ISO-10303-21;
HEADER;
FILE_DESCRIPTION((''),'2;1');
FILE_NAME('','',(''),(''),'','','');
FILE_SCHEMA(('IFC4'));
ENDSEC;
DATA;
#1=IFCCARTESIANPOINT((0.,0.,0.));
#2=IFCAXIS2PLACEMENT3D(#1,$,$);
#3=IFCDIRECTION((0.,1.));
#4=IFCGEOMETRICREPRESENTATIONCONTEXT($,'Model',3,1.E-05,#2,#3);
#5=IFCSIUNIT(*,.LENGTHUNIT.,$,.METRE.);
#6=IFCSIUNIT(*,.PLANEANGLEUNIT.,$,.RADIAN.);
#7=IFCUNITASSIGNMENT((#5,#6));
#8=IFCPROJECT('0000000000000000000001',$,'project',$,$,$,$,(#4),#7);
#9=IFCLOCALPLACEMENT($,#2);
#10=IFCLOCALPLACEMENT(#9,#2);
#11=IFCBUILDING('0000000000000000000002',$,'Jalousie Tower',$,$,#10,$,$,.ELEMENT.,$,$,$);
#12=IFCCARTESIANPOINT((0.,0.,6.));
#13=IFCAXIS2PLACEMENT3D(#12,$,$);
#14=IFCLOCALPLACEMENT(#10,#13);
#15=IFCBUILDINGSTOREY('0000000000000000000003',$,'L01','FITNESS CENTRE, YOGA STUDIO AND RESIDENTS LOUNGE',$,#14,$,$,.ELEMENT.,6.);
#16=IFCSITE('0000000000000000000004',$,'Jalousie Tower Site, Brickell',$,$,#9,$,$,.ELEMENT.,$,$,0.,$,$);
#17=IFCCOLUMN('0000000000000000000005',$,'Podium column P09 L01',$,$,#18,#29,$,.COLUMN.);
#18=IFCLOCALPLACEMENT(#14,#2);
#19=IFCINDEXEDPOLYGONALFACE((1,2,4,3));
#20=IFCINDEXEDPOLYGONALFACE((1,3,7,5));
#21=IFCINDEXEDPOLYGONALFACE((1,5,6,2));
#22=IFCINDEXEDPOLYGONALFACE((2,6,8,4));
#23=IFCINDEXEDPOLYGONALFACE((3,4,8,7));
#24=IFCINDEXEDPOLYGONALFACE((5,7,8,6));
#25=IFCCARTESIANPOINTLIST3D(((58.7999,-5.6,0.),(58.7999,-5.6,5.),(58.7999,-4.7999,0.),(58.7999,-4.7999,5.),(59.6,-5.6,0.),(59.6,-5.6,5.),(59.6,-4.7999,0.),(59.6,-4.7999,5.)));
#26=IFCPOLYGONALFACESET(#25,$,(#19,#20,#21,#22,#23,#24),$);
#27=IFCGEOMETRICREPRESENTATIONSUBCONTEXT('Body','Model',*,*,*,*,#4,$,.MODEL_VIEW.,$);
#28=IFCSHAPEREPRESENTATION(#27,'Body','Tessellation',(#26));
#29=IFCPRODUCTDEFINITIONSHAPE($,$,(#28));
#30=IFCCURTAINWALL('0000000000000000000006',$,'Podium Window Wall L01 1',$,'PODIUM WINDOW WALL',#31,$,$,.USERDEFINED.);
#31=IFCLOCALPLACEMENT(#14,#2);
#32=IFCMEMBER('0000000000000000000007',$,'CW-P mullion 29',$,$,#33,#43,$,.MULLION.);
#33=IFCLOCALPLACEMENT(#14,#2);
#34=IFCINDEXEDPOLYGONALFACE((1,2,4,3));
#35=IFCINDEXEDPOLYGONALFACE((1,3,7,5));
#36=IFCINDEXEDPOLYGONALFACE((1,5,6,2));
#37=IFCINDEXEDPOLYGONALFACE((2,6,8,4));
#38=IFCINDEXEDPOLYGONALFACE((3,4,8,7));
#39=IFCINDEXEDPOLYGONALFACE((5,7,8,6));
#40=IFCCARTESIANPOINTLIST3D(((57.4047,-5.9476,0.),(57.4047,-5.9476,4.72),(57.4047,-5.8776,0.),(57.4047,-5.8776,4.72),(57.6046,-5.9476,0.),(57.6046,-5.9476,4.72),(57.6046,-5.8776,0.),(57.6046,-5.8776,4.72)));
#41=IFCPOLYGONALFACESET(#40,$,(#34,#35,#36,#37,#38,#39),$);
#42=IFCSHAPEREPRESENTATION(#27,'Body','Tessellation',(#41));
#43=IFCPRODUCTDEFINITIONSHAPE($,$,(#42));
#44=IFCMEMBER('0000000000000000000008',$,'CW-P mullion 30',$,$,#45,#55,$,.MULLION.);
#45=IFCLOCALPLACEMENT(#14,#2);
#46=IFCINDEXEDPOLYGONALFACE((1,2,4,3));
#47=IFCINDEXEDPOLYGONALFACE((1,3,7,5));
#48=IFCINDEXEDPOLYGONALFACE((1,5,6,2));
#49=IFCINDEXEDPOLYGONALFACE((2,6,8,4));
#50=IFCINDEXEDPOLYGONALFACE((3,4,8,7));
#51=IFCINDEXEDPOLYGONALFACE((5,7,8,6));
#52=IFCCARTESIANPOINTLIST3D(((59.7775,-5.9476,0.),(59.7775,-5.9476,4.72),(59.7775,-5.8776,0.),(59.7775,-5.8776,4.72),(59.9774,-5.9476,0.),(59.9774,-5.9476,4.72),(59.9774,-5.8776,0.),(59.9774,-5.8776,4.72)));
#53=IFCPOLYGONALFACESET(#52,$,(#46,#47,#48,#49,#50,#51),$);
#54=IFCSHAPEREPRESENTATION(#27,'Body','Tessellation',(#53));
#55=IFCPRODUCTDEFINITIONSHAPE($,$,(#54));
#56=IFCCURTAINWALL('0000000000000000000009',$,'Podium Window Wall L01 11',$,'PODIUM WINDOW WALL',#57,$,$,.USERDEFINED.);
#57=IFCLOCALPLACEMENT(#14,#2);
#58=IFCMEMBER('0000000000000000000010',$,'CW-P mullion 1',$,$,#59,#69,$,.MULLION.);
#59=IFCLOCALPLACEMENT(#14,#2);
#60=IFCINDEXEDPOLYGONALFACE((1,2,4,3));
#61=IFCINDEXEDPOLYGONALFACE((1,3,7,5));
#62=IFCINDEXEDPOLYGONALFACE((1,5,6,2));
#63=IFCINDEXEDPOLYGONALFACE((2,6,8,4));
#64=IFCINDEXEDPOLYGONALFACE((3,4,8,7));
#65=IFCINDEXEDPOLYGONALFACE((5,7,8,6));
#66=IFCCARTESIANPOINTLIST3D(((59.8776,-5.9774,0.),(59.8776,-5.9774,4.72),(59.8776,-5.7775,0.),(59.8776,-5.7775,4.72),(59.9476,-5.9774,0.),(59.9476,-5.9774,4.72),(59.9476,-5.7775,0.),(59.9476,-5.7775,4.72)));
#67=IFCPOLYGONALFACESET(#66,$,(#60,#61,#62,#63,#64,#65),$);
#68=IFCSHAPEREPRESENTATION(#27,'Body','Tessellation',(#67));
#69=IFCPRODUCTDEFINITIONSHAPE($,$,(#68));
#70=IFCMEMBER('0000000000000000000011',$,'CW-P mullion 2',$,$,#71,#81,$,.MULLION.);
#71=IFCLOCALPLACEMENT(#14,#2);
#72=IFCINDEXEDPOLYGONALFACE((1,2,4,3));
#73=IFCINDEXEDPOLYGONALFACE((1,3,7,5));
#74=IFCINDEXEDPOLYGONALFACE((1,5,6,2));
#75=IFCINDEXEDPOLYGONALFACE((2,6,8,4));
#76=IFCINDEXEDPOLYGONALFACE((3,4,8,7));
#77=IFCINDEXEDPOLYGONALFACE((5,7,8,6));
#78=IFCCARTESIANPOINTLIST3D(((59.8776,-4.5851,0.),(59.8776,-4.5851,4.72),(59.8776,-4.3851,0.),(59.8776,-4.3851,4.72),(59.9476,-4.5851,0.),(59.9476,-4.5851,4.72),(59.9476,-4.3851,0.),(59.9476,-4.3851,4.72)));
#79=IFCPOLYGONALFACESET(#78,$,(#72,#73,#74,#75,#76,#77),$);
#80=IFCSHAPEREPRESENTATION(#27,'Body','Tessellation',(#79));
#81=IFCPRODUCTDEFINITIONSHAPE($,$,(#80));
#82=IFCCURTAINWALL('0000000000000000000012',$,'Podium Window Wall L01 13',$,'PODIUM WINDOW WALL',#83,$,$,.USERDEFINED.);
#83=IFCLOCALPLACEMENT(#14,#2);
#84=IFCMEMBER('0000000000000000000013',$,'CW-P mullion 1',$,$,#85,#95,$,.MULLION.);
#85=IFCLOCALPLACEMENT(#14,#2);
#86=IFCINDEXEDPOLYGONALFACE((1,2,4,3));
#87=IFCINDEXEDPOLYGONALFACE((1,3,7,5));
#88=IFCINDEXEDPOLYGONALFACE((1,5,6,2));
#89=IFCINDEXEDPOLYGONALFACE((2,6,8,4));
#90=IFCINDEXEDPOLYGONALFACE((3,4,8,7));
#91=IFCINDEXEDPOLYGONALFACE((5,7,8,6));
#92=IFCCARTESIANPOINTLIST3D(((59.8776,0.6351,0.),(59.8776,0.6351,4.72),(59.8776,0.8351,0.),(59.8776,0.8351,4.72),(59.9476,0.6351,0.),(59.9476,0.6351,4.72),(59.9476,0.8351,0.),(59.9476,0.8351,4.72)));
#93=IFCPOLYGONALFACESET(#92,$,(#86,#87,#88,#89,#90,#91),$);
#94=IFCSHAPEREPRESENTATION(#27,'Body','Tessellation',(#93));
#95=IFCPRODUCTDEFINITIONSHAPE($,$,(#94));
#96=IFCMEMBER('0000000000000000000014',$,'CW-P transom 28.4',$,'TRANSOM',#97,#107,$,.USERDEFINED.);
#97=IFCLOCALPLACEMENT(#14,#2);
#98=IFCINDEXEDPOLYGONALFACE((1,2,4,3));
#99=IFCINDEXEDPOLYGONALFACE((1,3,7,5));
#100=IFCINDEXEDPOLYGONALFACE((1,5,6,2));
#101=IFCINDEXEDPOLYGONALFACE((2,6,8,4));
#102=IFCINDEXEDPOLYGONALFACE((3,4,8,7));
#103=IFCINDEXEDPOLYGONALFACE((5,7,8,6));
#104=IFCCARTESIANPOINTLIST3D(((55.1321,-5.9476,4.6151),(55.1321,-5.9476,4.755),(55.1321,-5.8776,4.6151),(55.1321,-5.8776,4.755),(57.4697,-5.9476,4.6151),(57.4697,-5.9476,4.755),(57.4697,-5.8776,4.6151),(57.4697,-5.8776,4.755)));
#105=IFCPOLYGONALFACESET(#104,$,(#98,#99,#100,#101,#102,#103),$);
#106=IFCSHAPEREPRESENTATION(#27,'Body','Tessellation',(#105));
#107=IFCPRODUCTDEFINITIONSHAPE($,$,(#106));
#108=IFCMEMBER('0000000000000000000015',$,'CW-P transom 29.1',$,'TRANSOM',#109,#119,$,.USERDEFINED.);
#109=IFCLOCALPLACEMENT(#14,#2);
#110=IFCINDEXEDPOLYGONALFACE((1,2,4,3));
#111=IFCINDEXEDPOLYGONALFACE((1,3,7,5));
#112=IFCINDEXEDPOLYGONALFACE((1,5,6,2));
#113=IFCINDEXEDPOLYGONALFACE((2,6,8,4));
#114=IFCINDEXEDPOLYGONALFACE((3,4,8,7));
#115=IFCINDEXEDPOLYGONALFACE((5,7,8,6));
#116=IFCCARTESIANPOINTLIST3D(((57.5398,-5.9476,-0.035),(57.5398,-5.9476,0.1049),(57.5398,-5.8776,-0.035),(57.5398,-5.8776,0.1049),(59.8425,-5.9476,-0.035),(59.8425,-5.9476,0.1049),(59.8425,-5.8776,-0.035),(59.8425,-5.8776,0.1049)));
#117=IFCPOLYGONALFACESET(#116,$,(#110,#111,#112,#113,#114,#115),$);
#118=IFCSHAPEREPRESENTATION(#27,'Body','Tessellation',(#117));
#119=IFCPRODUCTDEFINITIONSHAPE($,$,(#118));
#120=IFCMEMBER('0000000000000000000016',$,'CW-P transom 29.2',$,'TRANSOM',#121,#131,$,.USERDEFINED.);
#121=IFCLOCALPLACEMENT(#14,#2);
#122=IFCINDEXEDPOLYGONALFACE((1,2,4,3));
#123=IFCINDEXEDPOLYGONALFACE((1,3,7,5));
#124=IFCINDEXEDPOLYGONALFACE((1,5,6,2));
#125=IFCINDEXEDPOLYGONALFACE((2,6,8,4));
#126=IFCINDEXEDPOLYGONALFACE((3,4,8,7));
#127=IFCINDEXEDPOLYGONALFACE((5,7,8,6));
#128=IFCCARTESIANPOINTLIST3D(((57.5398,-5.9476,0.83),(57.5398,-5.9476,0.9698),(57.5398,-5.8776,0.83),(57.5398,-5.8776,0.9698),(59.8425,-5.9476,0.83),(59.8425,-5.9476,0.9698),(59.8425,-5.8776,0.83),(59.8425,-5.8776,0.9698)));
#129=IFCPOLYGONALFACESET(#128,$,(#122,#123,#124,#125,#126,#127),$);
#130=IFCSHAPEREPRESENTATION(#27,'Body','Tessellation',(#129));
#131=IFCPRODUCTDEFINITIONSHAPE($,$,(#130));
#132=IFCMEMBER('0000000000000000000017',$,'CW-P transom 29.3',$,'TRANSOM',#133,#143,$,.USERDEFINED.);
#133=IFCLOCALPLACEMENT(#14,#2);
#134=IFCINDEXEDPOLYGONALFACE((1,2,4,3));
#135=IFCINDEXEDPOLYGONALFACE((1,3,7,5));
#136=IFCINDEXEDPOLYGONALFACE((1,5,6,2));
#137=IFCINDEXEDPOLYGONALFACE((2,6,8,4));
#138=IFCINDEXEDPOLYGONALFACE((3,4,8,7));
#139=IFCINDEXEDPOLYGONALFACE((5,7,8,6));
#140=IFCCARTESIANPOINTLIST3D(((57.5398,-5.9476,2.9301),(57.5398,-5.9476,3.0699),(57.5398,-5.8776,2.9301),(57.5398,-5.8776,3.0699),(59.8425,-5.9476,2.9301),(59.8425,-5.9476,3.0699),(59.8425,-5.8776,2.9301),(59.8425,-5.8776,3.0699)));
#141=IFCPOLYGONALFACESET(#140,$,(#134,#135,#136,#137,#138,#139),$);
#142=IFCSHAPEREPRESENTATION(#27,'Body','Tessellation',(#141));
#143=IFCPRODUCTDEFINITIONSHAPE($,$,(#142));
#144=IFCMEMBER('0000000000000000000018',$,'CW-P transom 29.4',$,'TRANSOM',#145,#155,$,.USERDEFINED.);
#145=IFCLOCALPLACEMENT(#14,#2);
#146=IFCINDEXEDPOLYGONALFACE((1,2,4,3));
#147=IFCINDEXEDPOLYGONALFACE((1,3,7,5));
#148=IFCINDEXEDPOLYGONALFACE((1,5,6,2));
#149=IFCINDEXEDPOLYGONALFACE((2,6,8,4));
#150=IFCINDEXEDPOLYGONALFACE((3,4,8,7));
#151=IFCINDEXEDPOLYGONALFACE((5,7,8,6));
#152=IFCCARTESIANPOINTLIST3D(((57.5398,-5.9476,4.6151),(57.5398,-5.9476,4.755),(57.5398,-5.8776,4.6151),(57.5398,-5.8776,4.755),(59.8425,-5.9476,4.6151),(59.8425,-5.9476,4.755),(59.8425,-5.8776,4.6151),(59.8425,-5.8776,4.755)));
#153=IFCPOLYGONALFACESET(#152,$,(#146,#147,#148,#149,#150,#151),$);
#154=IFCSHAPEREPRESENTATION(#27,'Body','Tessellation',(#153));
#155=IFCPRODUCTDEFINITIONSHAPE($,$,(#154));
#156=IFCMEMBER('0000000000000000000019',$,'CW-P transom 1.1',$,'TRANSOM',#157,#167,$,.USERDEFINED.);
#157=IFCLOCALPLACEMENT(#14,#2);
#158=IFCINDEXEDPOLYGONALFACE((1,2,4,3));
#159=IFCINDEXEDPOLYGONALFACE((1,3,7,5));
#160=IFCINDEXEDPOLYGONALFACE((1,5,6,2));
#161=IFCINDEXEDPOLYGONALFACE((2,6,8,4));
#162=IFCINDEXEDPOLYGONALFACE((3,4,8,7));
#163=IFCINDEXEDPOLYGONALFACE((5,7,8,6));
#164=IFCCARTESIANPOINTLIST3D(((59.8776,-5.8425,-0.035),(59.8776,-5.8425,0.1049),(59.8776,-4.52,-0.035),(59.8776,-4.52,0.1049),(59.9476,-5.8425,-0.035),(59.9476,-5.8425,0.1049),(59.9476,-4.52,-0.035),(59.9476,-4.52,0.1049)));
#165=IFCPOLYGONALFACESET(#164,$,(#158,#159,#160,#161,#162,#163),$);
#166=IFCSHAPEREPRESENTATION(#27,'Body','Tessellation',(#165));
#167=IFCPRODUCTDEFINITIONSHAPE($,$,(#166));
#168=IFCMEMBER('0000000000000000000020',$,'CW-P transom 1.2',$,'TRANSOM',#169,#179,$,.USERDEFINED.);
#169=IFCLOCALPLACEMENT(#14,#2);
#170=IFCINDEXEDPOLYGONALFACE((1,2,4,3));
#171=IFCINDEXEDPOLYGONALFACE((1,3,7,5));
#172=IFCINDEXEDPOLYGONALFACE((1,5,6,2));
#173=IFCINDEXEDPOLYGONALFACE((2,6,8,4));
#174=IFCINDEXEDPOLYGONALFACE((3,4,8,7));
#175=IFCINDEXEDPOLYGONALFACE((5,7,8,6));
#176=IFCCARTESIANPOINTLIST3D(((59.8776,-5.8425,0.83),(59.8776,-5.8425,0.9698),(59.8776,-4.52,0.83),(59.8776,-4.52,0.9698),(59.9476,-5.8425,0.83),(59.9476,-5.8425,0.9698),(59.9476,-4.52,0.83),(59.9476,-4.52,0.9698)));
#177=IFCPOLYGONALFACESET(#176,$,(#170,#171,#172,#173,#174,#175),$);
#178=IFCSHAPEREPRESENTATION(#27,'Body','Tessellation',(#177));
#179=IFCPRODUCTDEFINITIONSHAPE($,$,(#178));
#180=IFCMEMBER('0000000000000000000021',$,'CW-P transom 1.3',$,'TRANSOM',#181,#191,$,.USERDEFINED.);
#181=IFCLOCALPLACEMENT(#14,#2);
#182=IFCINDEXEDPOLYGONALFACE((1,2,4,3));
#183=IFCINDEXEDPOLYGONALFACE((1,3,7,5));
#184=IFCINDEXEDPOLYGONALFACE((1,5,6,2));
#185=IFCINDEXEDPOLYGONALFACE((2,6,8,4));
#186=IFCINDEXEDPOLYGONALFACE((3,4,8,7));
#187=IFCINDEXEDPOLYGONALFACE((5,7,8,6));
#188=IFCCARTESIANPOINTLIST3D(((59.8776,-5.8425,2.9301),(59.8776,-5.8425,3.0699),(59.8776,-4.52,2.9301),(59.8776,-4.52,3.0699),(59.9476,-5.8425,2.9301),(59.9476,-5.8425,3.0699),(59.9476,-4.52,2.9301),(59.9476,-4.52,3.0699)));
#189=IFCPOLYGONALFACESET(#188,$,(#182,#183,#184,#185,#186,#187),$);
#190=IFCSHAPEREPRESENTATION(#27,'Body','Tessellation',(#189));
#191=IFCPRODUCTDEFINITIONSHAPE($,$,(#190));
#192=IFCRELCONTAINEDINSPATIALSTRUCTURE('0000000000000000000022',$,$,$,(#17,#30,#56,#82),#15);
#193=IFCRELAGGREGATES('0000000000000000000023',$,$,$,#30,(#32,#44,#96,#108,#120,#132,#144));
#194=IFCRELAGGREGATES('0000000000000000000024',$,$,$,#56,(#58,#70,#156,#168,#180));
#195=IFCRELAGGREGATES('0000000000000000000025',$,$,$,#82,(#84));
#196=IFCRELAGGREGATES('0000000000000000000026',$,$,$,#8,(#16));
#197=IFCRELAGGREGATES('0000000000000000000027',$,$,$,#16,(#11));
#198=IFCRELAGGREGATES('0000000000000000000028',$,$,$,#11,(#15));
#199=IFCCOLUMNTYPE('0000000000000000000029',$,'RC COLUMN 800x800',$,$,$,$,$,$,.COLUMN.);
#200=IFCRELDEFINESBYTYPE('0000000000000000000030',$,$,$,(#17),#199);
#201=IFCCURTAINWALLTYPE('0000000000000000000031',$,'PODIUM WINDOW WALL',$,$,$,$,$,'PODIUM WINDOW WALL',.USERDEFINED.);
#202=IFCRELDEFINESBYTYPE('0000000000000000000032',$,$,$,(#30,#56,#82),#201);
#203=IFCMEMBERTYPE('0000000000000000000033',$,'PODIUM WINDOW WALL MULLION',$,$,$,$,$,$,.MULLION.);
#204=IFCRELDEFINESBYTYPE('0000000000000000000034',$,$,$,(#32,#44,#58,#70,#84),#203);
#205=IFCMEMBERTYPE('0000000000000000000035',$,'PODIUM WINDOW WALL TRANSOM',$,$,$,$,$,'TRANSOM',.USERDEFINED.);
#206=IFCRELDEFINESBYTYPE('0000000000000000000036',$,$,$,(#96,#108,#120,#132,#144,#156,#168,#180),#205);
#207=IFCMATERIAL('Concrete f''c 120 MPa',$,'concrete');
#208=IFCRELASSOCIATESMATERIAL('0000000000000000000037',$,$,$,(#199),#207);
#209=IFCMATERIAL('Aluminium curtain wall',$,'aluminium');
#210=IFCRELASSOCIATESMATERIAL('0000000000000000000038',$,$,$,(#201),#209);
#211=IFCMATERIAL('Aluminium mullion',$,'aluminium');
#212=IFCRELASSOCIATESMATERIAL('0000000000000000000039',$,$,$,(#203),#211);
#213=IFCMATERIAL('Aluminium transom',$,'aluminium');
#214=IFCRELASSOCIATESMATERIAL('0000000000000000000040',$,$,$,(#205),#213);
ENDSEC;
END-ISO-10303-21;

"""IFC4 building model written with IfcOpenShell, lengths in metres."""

from ifc_helpers import new_model, si_unit, direction, frame, origin, origin_2d, place, context, subcontext, project, spatial, rectangle, extrude, material, material_profile, profile_set, type_object, element, aggregate, save


model = new_model("IFC4")

# Units and contexts
model_context = context("Model", 3, precision=1e-05, world=origin(), true_north=direction((0.0, 1.0)))
body_context = subcontext(model_context, "Body", "Model", "MODEL_VIEW")
ifc_project = project(units=[si_unit("LENGTHUNIT", "METRE"), si_unit("PLANEANGLEUNIT", "RADIAN")], contexts=[model_context])

# Site, building, storey
site_placement = place(None, origin())
site = spatial("IfcSite", under=ifc_project, at=site_placement, Name="Jalousie Tower Site, Brickell", CompositionType="ELEMENT", RefElevation=0.0)
building_placement = place(site_placement, origin())
building = spatial("IfcBuilding", under=site, at=building_placement, Name="Jalousie Tower", CompositionType="ELEMENT")
storey_placement = place(building_placement, frame((0.0, 0.0, 6.0)))
storey = spatial("IfcBuildingStorey", under=building, at=storey_placement, Name="L01", Description="FITNESS CENTRE, YOGA STUDIO AND RESIDENTS LOUNGE", CompositionType="ELEMENT", Elevation=6.0)

# Column
ifc_material_1 = material(Name="Concrete f'c 120 MPa", Category="concrete")
ifc_material_profile_1 = material_profile(ifc_material_1, rectangle(XDim=0.8, YDim=0.8, at=origin_2d()), Name="RC 800x800")
ifc_profile_set_1 = profile_set([ifc_material_profile_1], Name="Concrete f'c 120 MPa")
column_type = type_object("IfcColumnType", Name="RC COLUMN 800x800", PredefinedType="COLUMN", material=ifc_profile_set_1)
column_placement = place(storey_placement, frame((59.2, -5.2, 0.0), z_axis=(0.0, 0.0, 1.0), x_axis=(1.0, 0.0, 0.0)))
element("IfcColumn", 1, at=column_placement, inside=storey, type_object=column_type, Name="Podium column P09 L01", PredefinedType="COLUMN", context=body_context, shape_type="SweptSolid", body=[
    extrude(rectangle(XDim=0.8, YDim=0.8, at=origin_2d()), origin(), (0.0, 0.0, 1.0), 5.0),
])

# Curtain walls, members
ifc_material_2 = material(Name="Aluminium curtain wall", Category="aluminium")
curtain_wall_type = type_object("IfcCurtainWallType", Name="PODIUM WINDOW WALL", ElementType="PODIUM WINDOW WALL", PredefinedType="USERDEFINED", material=ifc_material_2)
curtain_wall_1_placement = place(storey_placement, origin())
curtain_wall_1 = element("IfcCurtainWall", 2, at=curtain_wall_1_placement, inside=storey, type_object=curtain_wall_type, Name="Podium Window Wall L01 1", ObjectType="PODIUM WINDOW WALL", PredefinedType="USERDEFINED")
ifc_material_3 = material(Name="Aluminium mullion", Category="aluminium")
ifc_material_profile_2 = material_profile(ifc_material_3, rectangle(XDim=0.0701, YDim=0.2, at=origin_2d()), Name="MULLION 70x200")
ifc_profile_set_2 = profile_set([ifc_material_profile_2], Name="Aluminium mullion")
member_type_1 = type_object("IfcMemberType", Name="PODIUM WINDOW WALL MULLION", PredefinedType="MULLION", material=ifc_profile_set_2)
member_1_placement = place(storey_placement, frame((57.5046, -5.9126, 0.0), z_axis=(0.0, 0.0, 1.0), x_axis=(0.0, 1.0, 0.0)))
member_1 = element("IfcMember", 3, at=member_1_placement, type_object=member_type_1, Name="CW-P mullion 29", PredefinedType="MULLION", context=body_context, shape_type="SweptSolid", body=[
    extrude(rectangle(XDim=0.0701, YDim=0.2, at=origin_2d()), origin(), (0.0, 0.0, 1.0), 4.72),
])
member_2_placement = place(storey_placement, frame((59.8774, -5.9126, 0.0), z_axis=(0.0, 0.0, 1.0), x_axis=(0.0, 1.0, 0.0)))
member_2 = element("IfcMember", 4, at=member_2_placement, type_object=member_type_1, Name="CW-P mullion 30", PredefinedType="MULLION", context=body_context, shape_type="SweptSolid", body=[
    extrude(rectangle(XDim=0.0701, YDim=0.2, at=origin_2d()), origin(), (0.0, 0.0, 1.0), 4.72),
])
curtain_wall_2_placement = place(storey_placement, origin())
curtain_wall_2 = element("IfcCurtainWall", 5, at=curtain_wall_2_placement, inside=storey, type_object=curtain_wall_type, Name="Podium Window Wall L01 11", ObjectType="PODIUM WINDOW WALL", PredefinedType="USERDEFINED")
member_3_placement = place(storey_placement, frame((59.9126, -5.8774, 0.0), z_axis=(0.0, 0.0, 1.0), x_axis=(-1.0, 0.0, 0.0)))
member_3 = element("IfcMember", 6, at=member_3_placement, type_object=member_type_1, Name="CW-P mullion 1", PredefinedType="MULLION", context=body_context, shape_type="SweptSolid", body=[
    extrude(rectangle(XDim=0.0701, YDim=0.2, at=origin_2d()), origin(), (0.0, 0.0, 1.0), 4.72),
])
member_4_placement = place(storey_placement, frame((59.9126, -4.4851, 0.0), z_axis=(0.0, 0.0, 1.0), x_axis=(-1.0, 0.0, 0.0)))
member_4 = element("IfcMember", 7, at=member_4_placement, type_object=member_type_1, Name="CW-P mullion 2", PredefinedType="MULLION", context=body_context, shape_type="SweptSolid", body=[
    extrude(rectangle(XDim=0.0701, YDim=0.2, at=origin_2d()), origin(), (0.0, 0.0, 1.0), 4.72),
])

# Curtain wall, member
curtain_wall_3_placement = place(storey_placement, origin())
curtain_wall_3 = element("IfcCurtainWall", 8, at=curtain_wall_3_placement, inside=storey, type_object=curtain_wall_type, Name="Podium Window Wall L01 13", ObjectType="PODIUM WINDOW WALL", PredefinedType="USERDEFINED")
member_5_placement = place(storey_placement, frame((59.9126, 0.7351, 0.0), z_axis=(0.0, 0.0, 1.0), x_axis=(-1.0, 0.0, 0.0)))
member_5 = element("IfcMember", 9, at=member_5_placement, type_object=member_type_1, Name="CW-P mullion 1", PredefinedType="MULLION", context=body_context, shape_type="SweptSolid", body=[
    extrude(rectangle(XDim=0.0701, YDim=0.2, at=origin_2d()), origin(), (0.0, 0.0, 1.0), 4.72),
])

# Members
ifc_material_4 = material(Name="Aluminium transom", Category="aluminium")
ifc_material_profile_3 = material_profile(ifc_material_4, rectangle(XDim=0.0701, YDim=0.1399, at=origin_2d()), Name="TRANSOM 70x140")
ifc_profile_set_3 = profile_set([ifc_material_profile_3], Name="Aluminium transom")
member_type_2 = type_object("IfcMemberType", Name="PODIUM WINDOW WALL TRANSOM", ElementType="TRANSOM", PredefinedType="USERDEFINED", material=ifc_profile_set_3)
member_6_placement = place(storey_placement, frame((55.1321, -5.9126, 4.6851), z_axis=(1.0, 0.0, 0.0), x_axis=(0.0, 1.0, 0.0)))
member_6 = element("IfcMember", 10, at=member_6_placement, type_object=member_type_2, Name="CW-P transom 28.4", ObjectType="TRANSOM", PredefinedType="USERDEFINED", context=body_context, shape_type="SweptSolid", body=[
    extrude(rectangle(XDim=0.0701, YDim=0.1399, at=origin_2d()), origin(), (0.0, 0.0, 1.0), 2.3376),
])
member_7_placement = place(storey_placement, frame((57.5398, -5.9126, 0.0349), z_axis=(1.0, 0.0, 0.0), x_axis=(0.0, 1.0, 0.0)))
member_7 = element("IfcMember", 11, at=member_7_placement, type_object=member_type_2, Name="CW-P transom 29.1", ObjectType="TRANSOM", PredefinedType="USERDEFINED", context=body_context, shape_type="SweptSolid", body=[
    extrude(rectangle(XDim=0.0701, YDim=0.1399, at=origin_2d()), origin(), (0.0, 0.0, 1.0), 2.3027),
])
member_8_placement = place(storey_placement, frame((57.5398, -5.9126, 0.8999), z_axis=(1.0, 0.0, 0.0), x_axis=(0.0, 1.0, 0.0)))
member_8 = element("IfcMember", 12, at=member_8_placement, type_object=member_type_2, Name="CW-P transom 29.2", ObjectType="TRANSOM", PredefinedType="USERDEFINED", context=body_context, shape_type="SweptSolid", body=[
    extrude(rectangle(XDim=0.0701, YDim=0.1399, at=origin_2d()), origin(), (0.0, 0.0, 1.0), 2.3027),
])
member_9_placement = place(storey_placement, frame((57.5398, -5.9126, 3.0), z_axis=(1.0, 0.0, 0.0), x_axis=(0.0, 1.0, 0.0)))
member_9 = element("IfcMember", 13, at=member_9_placement, type_object=member_type_2, Name="CW-P transom 29.3", ObjectType="TRANSOM", PredefinedType="USERDEFINED", context=body_context, shape_type="SweptSolid", body=[
    extrude(rectangle(XDim=0.0701, YDim=0.1399, at=origin_2d()), origin(), (0.0, 0.0, 1.0), 2.3027),
])
member_10_placement = place(storey_placement, frame((57.5398, -5.9126, 4.6851), z_axis=(1.0, 0.0, 0.0), x_axis=(0.0, 1.0, 0.0)))
member_10 = element("IfcMember", 14, at=member_10_placement, type_object=member_type_2, Name="CW-P transom 29.4", ObjectType="TRANSOM", PredefinedType="USERDEFINED", context=body_context, shape_type="SweptSolid", body=[
    extrude(rectangle(XDim=0.0701, YDim=0.1399, at=origin_2d()), origin(), (0.0, 0.0, 1.0), 2.3027),
])
member_11_placement = place(storey_placement, frame((59.9126, -5.8425, 0.0349), z_axis=(0.0, 1.0, 0.0), x_axis=(-1.0, 0.0, 0.0)))
member_11 = element("IfcMember", 15, at=member_11_placement, type_object=member_type_2, Name="CW-P transom 1.1", ObjectType="TRANSOM", PredefinedType="USERDEFINED", context=body_context, shape_type="SweptSolid", body=[
    extrude(rectangle(XDim=0.0701, YDim=0.1399, at=origin_2d()), origin(), (0.0, 0.0, 1.0), 1.3225),
])
member_12_placement = place(storey_placement, frame((59.9126, -5.8425, 0.8999), z_axis=(0.0, 1.0, 0.0), x_axis=(-1.0, 0.0, 0.0)))
member_12 = element("IfcMember", 16, at=member_12_placement, type_object=member_type_2, Name="CW-P transom 1.2", ObjectType="TRANSOM", PredefinedType="USERDEFINED", context=body_context, shape_type="SweptSolid", body=[
    extrude(rectangle(XDim=0.0701, YDim=0.1399, at=origin_2d()), origin(), (0.0, 0.0, 1.0), 1.3225),
])
member_13_placement = place(storey_placement, frame((59.9126, -5.8425, 3.0), z_axis=(0.0, 1.0, 0.0), x_axis=(-1.0, 0.0, 0.0)))
member_13 = element("IfcMember", 17, at=member_13_placement, type_object=member_type_2, Name="CW-P transom 1.3", ObjectType="TRANSOM", PredefinedType="USERDEFINED", context=body_context, shape_type="SweptSolid", body=[
    extrude(rectangle(XDim=0.0701, YDim=0.1399, at=origin_2d()), origin(), (0.0, 0.0, 1.0), 1.3225),
])

aggregate(curtain_wall_1, [member_1, member_2, member_6, member_7, member_8, member_9, member_10])
aggregate(curtain_wall_2, [member_3, member_4, member_11, member_12, member_13])
aggregate(curtain_wall_3, [member_5])

save(model, "model.ifc")
